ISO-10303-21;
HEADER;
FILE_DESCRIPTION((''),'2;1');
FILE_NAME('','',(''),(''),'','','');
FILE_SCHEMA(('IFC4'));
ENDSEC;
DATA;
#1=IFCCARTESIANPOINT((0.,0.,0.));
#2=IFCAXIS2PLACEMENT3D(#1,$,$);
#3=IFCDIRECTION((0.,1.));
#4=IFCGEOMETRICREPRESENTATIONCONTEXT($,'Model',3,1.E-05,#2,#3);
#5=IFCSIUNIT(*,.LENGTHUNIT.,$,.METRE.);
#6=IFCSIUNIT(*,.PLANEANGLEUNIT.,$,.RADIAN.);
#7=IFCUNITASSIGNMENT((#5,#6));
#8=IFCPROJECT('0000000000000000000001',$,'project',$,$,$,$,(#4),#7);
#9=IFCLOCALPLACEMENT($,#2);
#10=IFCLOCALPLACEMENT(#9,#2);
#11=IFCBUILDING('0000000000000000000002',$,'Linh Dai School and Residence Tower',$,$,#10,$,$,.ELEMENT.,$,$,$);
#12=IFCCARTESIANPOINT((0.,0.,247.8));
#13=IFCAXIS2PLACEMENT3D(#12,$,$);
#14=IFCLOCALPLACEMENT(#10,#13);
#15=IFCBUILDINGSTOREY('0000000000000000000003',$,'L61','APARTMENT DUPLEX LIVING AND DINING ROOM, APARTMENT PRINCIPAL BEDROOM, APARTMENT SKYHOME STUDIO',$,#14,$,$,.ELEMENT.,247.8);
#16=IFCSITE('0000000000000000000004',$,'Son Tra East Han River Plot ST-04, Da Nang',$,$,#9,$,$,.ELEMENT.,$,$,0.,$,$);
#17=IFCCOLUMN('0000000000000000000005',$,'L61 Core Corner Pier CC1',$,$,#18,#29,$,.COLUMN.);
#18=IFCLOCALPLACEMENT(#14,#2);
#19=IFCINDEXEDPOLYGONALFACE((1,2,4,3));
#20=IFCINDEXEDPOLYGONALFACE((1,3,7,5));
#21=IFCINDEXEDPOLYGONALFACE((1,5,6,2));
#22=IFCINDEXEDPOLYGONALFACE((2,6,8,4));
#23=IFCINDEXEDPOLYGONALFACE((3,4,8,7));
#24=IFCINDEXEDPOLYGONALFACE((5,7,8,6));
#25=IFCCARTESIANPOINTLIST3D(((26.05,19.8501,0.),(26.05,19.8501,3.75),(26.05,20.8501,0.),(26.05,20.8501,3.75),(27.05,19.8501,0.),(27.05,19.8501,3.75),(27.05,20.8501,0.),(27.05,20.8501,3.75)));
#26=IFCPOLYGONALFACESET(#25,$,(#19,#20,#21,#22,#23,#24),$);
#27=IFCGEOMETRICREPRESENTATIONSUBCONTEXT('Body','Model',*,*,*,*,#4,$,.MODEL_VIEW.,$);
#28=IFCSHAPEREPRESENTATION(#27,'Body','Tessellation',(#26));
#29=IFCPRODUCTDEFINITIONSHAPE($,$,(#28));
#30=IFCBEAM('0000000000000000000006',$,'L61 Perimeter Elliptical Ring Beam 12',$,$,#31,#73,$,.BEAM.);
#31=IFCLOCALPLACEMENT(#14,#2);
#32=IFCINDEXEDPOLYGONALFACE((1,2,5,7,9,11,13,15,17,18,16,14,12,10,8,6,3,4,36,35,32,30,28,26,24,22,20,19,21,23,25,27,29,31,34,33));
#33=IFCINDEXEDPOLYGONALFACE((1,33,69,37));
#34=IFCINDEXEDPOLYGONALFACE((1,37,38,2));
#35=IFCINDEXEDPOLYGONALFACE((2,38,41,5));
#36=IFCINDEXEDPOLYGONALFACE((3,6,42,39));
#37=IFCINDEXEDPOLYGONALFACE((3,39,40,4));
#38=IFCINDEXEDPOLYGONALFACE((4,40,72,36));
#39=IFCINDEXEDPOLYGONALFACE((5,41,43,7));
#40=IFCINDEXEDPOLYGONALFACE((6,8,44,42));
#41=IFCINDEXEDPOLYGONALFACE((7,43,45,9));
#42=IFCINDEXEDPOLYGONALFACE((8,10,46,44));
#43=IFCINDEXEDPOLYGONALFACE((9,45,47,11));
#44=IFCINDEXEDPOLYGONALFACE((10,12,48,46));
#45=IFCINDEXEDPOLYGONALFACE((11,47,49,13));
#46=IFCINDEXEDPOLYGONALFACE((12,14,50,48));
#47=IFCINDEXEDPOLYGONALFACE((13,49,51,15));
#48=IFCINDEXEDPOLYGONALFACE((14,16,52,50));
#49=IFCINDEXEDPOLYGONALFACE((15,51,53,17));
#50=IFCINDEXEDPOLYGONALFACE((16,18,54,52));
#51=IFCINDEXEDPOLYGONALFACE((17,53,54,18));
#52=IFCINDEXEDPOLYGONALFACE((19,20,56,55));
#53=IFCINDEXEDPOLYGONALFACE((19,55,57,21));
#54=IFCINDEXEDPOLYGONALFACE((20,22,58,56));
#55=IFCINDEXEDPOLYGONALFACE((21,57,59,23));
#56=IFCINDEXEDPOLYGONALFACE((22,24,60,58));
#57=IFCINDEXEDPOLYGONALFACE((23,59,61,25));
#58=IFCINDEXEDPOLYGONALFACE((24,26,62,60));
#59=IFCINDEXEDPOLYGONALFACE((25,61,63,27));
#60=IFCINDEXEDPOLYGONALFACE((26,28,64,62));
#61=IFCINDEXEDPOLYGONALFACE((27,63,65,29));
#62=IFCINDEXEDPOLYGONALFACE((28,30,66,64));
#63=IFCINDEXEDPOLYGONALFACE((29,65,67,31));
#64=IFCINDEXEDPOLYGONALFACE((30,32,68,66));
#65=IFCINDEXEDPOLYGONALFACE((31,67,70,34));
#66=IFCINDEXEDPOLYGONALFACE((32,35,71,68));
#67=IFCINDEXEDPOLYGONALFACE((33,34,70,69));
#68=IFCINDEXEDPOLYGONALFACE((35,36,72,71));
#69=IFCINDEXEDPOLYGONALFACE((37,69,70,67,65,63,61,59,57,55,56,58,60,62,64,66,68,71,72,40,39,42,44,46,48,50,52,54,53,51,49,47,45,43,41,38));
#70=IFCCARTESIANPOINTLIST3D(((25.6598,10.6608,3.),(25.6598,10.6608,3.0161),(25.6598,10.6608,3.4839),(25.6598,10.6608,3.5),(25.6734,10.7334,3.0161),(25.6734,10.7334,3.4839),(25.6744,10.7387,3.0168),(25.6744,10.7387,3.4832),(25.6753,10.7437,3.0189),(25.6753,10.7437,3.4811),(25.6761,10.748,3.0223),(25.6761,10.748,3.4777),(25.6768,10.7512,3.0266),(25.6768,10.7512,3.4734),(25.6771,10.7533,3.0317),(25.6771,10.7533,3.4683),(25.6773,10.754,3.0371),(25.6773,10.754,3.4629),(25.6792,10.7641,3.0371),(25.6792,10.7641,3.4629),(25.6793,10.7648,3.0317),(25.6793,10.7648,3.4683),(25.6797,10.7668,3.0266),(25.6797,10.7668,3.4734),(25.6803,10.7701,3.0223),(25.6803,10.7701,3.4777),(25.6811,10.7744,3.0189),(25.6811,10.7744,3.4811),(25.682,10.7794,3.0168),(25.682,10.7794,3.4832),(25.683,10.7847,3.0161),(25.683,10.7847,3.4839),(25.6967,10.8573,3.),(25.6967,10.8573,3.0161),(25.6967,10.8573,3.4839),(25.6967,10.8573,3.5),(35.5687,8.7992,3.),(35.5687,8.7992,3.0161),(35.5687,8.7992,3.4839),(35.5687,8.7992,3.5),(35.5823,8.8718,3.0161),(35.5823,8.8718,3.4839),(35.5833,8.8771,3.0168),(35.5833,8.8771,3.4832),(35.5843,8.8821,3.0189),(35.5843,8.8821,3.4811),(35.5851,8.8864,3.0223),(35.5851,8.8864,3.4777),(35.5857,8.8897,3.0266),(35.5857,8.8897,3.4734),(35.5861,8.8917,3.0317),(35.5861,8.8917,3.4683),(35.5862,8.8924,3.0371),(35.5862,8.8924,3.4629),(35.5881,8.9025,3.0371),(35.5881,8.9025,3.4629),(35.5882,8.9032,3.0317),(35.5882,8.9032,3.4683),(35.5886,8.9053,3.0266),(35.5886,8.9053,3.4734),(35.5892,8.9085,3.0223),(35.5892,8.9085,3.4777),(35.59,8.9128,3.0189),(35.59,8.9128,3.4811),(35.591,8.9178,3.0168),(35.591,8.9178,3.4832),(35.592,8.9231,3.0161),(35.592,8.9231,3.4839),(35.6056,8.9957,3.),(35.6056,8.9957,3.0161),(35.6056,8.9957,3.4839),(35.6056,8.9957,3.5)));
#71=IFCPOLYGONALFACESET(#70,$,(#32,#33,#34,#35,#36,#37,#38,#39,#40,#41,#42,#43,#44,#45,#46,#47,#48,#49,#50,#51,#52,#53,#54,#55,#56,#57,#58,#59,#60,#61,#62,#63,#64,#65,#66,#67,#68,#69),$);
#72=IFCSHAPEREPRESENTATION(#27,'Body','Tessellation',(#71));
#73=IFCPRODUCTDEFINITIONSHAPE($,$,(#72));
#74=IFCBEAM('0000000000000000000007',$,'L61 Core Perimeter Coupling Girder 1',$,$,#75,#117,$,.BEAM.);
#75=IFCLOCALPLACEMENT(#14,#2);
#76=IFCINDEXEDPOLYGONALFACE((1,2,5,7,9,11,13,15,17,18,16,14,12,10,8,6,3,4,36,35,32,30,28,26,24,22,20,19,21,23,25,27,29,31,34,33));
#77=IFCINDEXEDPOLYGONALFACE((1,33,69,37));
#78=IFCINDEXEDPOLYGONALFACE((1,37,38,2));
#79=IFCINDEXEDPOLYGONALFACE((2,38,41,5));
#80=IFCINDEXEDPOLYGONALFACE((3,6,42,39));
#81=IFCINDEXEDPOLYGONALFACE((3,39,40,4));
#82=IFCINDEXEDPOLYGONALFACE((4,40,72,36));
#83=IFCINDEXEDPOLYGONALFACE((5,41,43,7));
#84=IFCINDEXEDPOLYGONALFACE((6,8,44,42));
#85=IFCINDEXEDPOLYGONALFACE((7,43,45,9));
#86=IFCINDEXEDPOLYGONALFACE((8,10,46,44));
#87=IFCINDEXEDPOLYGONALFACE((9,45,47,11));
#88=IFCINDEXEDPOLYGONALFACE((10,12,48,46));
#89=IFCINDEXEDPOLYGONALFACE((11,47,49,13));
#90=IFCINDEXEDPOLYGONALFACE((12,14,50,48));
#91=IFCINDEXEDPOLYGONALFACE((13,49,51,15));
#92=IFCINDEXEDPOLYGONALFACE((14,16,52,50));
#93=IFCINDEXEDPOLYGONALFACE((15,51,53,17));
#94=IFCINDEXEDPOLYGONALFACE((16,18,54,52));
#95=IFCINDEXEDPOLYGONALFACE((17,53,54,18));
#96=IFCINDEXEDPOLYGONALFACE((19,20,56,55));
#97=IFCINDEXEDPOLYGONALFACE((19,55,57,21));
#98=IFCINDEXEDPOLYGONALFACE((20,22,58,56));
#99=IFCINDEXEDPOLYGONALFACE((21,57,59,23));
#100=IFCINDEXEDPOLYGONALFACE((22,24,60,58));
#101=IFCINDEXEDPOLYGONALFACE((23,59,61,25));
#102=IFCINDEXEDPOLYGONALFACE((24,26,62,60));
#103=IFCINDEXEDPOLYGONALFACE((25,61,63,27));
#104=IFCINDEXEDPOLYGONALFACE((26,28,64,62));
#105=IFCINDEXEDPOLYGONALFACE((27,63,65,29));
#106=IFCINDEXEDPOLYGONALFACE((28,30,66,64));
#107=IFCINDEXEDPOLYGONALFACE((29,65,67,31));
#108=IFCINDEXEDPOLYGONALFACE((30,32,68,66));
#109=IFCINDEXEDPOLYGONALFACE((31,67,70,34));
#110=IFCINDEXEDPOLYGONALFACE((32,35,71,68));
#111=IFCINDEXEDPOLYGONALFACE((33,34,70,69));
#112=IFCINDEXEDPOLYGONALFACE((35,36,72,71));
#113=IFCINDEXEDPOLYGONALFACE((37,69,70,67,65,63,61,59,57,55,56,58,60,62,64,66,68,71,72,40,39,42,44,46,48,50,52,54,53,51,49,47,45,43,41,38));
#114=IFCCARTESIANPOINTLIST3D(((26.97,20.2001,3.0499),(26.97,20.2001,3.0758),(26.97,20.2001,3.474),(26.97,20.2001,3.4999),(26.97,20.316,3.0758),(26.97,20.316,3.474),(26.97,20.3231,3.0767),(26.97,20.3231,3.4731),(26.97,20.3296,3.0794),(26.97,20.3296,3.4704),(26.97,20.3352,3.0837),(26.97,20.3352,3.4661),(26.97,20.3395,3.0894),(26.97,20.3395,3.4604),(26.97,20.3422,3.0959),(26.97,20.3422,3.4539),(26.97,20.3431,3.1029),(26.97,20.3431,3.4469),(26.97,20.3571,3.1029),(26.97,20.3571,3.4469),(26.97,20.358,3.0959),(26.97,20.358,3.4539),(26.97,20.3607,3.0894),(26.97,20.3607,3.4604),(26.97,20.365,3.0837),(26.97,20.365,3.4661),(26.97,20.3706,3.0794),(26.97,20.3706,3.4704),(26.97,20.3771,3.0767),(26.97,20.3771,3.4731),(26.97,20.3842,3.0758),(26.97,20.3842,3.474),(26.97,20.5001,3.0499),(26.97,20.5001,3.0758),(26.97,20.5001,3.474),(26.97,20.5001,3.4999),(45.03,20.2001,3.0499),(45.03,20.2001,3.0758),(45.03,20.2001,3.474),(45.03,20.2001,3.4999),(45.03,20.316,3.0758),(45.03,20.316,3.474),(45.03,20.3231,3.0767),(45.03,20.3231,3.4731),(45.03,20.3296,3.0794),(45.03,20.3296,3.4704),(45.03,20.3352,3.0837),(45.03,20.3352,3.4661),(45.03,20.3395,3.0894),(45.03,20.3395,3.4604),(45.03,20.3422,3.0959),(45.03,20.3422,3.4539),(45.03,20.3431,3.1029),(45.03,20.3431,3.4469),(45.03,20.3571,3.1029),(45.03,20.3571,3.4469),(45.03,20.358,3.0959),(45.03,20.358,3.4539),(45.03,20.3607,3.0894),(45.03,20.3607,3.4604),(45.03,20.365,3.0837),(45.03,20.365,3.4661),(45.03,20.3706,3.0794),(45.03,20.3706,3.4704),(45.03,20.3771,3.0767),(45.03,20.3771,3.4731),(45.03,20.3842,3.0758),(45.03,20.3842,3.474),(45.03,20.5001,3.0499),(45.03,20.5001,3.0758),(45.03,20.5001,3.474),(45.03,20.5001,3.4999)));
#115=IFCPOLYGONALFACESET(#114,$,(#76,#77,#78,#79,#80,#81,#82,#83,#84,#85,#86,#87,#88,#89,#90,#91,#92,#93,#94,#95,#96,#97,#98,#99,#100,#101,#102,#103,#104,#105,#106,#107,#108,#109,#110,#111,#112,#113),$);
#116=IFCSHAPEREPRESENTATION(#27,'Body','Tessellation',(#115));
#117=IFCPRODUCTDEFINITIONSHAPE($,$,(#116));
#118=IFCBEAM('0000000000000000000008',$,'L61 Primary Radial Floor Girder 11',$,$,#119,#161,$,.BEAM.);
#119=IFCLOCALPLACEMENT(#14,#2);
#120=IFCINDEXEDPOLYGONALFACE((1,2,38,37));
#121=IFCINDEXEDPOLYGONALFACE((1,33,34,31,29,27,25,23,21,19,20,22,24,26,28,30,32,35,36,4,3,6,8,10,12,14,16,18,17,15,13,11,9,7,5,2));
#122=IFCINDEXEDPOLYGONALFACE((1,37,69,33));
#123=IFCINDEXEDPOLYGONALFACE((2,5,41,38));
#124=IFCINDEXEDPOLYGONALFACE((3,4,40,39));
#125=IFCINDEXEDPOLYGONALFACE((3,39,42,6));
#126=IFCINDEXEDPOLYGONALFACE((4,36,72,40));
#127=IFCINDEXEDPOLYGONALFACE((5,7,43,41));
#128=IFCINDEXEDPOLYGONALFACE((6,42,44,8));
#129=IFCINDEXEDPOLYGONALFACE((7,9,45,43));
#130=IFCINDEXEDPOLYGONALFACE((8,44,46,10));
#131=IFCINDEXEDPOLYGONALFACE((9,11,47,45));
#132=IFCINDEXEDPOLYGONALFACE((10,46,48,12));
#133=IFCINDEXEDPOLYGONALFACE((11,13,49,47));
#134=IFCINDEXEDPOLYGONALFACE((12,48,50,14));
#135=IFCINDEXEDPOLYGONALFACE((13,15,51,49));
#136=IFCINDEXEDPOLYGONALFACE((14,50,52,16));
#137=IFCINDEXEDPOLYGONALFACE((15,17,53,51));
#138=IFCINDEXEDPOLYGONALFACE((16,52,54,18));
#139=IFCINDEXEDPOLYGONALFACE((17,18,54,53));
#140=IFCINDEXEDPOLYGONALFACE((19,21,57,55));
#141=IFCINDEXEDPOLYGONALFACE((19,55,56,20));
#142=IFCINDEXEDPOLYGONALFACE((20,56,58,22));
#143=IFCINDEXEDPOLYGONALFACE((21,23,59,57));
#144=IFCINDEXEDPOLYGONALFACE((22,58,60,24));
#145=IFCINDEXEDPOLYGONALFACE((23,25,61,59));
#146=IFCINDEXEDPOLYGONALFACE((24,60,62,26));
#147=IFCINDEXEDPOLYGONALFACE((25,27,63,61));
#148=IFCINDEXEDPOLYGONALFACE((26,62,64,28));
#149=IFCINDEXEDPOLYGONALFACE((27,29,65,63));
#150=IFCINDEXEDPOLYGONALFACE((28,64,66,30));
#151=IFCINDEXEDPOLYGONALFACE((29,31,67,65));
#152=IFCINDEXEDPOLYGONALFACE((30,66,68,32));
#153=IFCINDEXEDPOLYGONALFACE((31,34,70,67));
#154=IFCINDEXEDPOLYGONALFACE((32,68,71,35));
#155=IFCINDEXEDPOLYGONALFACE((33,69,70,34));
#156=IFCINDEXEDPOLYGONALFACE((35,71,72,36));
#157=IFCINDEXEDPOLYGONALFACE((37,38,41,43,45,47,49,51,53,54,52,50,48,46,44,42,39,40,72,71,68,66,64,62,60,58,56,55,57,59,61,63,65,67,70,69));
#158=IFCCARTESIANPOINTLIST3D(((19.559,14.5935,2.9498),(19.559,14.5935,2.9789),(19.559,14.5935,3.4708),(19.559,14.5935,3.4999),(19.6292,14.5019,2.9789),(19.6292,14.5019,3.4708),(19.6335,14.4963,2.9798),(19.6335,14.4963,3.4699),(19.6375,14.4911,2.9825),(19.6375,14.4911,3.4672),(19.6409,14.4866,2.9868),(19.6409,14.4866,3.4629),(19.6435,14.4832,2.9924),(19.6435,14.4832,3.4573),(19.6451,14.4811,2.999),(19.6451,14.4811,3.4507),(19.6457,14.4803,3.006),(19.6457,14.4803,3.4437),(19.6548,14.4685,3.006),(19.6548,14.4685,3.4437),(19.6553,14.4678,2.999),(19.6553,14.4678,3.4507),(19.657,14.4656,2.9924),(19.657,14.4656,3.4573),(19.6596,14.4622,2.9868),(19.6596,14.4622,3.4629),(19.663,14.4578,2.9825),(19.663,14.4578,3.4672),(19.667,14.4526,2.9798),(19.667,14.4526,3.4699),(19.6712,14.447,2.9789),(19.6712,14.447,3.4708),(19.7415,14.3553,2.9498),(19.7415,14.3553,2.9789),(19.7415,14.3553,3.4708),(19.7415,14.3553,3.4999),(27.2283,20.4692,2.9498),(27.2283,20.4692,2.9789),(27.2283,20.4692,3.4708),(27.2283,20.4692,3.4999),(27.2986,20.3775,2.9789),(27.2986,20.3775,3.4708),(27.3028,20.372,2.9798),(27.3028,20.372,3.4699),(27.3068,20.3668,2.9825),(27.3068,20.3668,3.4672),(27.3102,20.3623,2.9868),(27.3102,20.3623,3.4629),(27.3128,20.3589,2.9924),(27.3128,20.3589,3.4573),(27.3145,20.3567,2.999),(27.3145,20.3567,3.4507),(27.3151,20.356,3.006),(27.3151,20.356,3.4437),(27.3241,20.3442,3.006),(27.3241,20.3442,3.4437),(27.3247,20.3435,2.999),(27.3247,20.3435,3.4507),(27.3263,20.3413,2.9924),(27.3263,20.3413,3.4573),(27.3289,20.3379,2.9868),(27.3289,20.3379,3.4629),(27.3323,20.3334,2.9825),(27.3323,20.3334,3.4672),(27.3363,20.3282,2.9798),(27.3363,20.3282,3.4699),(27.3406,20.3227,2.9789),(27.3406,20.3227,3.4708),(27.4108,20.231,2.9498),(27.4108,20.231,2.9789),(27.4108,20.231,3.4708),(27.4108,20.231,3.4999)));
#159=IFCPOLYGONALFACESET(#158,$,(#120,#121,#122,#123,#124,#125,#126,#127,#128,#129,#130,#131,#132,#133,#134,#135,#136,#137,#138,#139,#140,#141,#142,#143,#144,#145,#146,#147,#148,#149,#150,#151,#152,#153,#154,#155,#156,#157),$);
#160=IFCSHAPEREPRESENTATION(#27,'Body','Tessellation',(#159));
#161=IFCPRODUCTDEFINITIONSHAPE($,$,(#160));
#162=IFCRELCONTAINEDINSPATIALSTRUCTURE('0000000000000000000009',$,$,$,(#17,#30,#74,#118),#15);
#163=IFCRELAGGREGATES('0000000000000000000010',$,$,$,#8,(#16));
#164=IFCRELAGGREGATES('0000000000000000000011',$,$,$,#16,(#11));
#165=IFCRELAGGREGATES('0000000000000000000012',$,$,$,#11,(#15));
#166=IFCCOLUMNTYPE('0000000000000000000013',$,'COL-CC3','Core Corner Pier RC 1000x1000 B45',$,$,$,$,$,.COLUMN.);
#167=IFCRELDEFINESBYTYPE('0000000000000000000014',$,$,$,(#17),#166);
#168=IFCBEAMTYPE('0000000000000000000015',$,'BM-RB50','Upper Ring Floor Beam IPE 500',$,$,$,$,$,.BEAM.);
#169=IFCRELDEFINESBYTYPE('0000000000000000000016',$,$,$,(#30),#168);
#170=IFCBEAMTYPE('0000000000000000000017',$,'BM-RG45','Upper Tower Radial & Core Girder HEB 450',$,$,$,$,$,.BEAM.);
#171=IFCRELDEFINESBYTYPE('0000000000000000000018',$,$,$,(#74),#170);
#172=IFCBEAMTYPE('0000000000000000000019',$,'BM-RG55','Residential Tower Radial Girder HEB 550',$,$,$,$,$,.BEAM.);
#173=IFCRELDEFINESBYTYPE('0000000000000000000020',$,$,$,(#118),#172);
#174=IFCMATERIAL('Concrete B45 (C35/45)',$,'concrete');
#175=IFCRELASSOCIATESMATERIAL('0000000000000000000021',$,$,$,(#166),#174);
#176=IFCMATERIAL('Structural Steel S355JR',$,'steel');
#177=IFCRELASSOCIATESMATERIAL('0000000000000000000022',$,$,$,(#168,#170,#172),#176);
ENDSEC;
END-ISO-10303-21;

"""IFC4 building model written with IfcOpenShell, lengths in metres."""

from ifc_helpers import new_model, si_unit, direction, frame, origin, origin_2d, place, context, subcontext, project, spatial, rectangle, i_section, extrude, material, material_profile, profile_set, type_object, element, save


model = new_model("IFC4")

# Units and contexts
model_context = context("Model", 3, precision=1e-05, world=origin(), true_north=direction((0.0, 1.0)))
body_context = subcontext(model_context, "Body", "Model", "MODEL_VIEW")
ifc_project = project(units=[si_unit("LENGTHUNIT", "METRE"), si_unit("PLANEANGLEUNIT", "RADIAN")], contexts=[model_context])

# Site, building, storey
site_placement = place(None, origin())
site = spatial("IfcSite", under=ifc_project, at=site_placement, Name="Son Tra East Han River Plot ST-04, Da Nang", CompositionType="ELEMENT", RefElevation=0.0)
building_placement = place(site_placement, origin())
building = spatial("IfcBuilding", under=site, at=building_placement, Name="Linh Dai School and Residence Tower", CompositionType="ELEMENT")
storey_placement = place(building_placement, frame((0.0, 0.0, 247.8)))
storey = spatial("IfcBuildingStorey", under=building, at=storey_placement, Name="L61", Description="APARTMENT DUPLEX LIVING AND DINING ROOM, APARTMENT PRINCIPAL BEDROOM, APARTMENT SKYHOME STUDIO", CompositionType="ELEMENT", Elevation=247.8)

# Column
ifc_material_1 = material(Name="Concrete B45 (C35/45)", Category="concrete")
ifc_material_profile_1 = material_profile(ifc_material_1, rectangle(XDim=1.0, YDim=1.0, at=origin_2d()), Name="RC 1000x1000")
ifc_profile_set_1 = profile_set([ifc_material_profile_1], Name="Concrete B45 (C35/45)")
column_type = type_object("IfcColumnType", Name="COL-CC3", Description="Core Corner Pier RC 1000x1000 B45", PredefinedType="COLUMN", material=ifc_profile_set_1)
column_placement = place(storey_placement, frame((26.55, 20.3501, 0.0), z_axis=(0.0, 0.0, 1.0), x_axis=(1.0, 0.0, 0.0)))
element("IfcColumn", 1, at=column_placement, inside=storey, type_object=column_type, Name="L61 Core Corner Pier CC1", PredefinedType="COLUMN", context=body_context, shape_type="SweptSolid", body=[
    extrude(rectangle(XDim=1.0, YDim=1.0, at=origin_2d()), origin(), (0.0, 0.0, 1.0), 3.75),
])

# Beams
ifc_material_2 = material(Name="Structural Steel S355JR", Category="steel")
ifc_material_profile_2 = material_profile(ifc_material_2, i_section(OverallWidth=0.2, OverallDepth=0.5, WebThickness=0.0103, FlangeThickness=0.0161, FilletRadius=0.021, at=origin_2d()), Name="IPE 500")
ifc_profile_set_2 = profile_set([ifc_material_profile_2], Name="Structural Steel S355JR")
beam_type_1 = type_object("IfcBeamType", Name="BM-RB50", Description="Upper Ring Floor Beam IPE 500", PredefinedType="BEAM", material=ifc_profile_set_2)
beam_1_placement = place(storey_placement, frame((25.6782, 10.759, 3.25), z_axis=(0.982807, -0.184638, 0.0), x_axis=(0.184638, 0.982807, 0.0)))
element("IfcBeam", 2, at=beam_1_placement, inside=storey, type_object=beam_type_1, Name="L61 Perimeter Elliptical Ring Beam 12", PredefinedType="BEAM", context=body_context, shape_type="SweptSolid", body=[
    extrude(i_section(OverallWidth=0.2, OverallDepth=0.5, WebThickness=0.0103, FlangeThickness=0.0161, FilletRadius=0.021, at=origin_2d()), origin(), (0.0, 0.0, 1.0), 10.0823),
])
ifc_material_profile_3 = material_profile(ifc_material_2, i_section(OverallWidth=0.3, OverallDepth=0.45, WebThickness=0.0139, FlangeThickness=0.0259, FilletRadius=0.0271, at=origin_2d()), Name="HEB 450")
ifc_profile_set_3 = profile_set([ifc_material_profile_3], Name="Structural Steel S355JR")
beam_type_2 = type_object("IfcBeamType", Name="BM-RG45", Description="Upper Tower Radial & Core Girder HEB 450", PredefinedType="BEAM", material=ifc_profile_set_3)
beam_2_placement = place(storey_placement, frame((26.97, 20.3501, 3.2749), z_axis=(1.0, 0.0, 0.0), x_axis=(0.0, 1.0, 0.0)))
element("IfcBeam", 3, at=beam_2_placement, inside=storey, type_object=beam_type_2, Name="L61 Core Perimeter Coupling Girder 1", PredefinedType="BEAM", context=body_context, shape_type="SweptSolid", body=[
    extrude(i_section(OverallWidth=0.3, OverallDepth=0.45, WebThickness=0.0139, FlangeThickness=0.0259, FilletRadius=0.0271, at=origin_2d()), origin(), (0.0, 0.0, 1.0), 18.0601),
])
ifc_material_profile_4 = material_profile(ifc_material_2, i_section(OverallWidth=0.3, OverallDepth=0.55, WebThickness=0.0149, FlangeThickness=0.0291, FilletRadius=0.0271, at=origin_2d()), Name="HEB 550")
ifc_profile_set_4 = profile_set([ifc_material_profile_4], Name="Structural Steel S355JR")
beam_type_3 = type_object("IfcBeamType", Name="BM-RG55", Description="Residential Tower Radial Girder HEB 550", PredefinedType="BEAM", material=ifc_profile_set_4)
beam_3_placement = place(storey_placement, frame((27.3196, 20.3501, 3.2249), z_axis=(-0.793815, -0.60816, 0.0), x_axis=(0.60816, -0.793815, 0.0)))
element("IfcBeam", 4, at=beam_3_placement, inside=storey, type_object=beam_type_3, Name="L61 Primary Radial Floor Girder 11", PredefinedType="BEAM", context=body_context, shape_type="SweptSolid", body=[
    extrude(i_section(OverallWidth=0.3, OverallDepth=0.55, WebThickness=0.0149, FlangeThickness=0.0291, FilletRadius=0.0271, at=origin_2d()), origin(), (0.0, 0.0, 1.0), 9.6614),
])

save(model, "model.ifc")
